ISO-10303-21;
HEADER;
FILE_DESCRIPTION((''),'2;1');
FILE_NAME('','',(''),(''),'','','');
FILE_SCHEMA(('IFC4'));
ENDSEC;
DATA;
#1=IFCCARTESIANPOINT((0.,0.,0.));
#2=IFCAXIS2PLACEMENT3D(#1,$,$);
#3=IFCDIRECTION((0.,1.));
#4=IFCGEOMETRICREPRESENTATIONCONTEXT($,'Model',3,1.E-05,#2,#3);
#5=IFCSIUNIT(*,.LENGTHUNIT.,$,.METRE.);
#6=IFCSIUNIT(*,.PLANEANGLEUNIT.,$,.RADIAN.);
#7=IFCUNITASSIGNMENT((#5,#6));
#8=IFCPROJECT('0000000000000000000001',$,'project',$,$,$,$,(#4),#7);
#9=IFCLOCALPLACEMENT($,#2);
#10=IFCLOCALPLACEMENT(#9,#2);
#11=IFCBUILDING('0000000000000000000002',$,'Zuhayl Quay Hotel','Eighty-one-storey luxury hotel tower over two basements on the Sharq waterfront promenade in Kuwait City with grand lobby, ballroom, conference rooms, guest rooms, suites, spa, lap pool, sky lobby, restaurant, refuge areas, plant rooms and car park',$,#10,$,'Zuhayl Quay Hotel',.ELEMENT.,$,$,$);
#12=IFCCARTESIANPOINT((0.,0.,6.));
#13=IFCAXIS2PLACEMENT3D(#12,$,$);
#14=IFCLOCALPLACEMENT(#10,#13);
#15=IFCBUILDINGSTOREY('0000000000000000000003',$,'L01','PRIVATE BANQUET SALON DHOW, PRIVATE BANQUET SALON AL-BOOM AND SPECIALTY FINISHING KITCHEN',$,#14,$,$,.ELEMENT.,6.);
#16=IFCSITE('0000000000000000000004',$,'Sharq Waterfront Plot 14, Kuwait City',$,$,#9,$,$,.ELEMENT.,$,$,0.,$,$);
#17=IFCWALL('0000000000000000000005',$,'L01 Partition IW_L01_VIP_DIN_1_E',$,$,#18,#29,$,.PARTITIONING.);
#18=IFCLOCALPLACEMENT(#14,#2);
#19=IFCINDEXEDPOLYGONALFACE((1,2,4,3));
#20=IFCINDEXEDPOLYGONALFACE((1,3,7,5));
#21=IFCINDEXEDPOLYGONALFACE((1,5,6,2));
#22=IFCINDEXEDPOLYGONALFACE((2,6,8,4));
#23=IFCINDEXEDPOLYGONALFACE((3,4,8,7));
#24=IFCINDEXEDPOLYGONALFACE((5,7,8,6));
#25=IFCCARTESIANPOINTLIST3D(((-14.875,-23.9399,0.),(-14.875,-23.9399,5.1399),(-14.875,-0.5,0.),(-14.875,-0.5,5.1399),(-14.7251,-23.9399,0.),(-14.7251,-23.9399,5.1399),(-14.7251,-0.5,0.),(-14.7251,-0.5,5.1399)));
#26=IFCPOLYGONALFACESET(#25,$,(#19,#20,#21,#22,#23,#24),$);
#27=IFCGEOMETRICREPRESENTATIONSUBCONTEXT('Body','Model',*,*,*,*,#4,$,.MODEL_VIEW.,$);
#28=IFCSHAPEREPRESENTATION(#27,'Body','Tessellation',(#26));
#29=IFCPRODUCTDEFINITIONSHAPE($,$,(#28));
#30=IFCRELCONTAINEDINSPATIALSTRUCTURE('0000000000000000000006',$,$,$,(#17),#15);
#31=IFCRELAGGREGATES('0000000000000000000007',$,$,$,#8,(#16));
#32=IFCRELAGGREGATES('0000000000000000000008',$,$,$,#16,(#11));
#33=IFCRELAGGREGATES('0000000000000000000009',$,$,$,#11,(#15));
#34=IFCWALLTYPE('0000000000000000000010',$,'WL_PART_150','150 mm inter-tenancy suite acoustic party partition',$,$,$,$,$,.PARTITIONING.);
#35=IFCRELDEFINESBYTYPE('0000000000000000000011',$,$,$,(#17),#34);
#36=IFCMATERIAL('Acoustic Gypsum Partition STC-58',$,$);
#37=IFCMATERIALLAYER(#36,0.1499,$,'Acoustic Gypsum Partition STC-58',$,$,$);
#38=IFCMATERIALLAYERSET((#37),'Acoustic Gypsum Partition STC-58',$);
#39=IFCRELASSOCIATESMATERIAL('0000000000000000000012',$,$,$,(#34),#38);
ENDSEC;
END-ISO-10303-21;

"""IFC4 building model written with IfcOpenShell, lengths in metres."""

from ifc_helpers import new_model, si_unit, direction, frame, frame_2d, origin, place, context, subcontext, project, spatial, rectangle, extrude, material, layer, layer_set, type_object, element, save


model = new_model("IFC4")

# Units and contexts
model_context = context("Model", 3, precision=1e-05, world=origin(), true_north=direction((0.0, 1.0)))
body_context = subcontext(model_context, "Body", "Model", "MODEL_VIEW")
ifc_project = project(units=[si_unit("LENGTHUNIT", "METRE"), si_unit("PLANEANGLEUNIT", "RADIAN")], contexts=[model_context])

# Site, building, storey
site_placement = place(None, origin())
site = spatial("IfcSite", under=ifc_project, at=site_placement, Name="Sharq Waterfront Plot 14, Kuwait City", CompositionType="ELEMENT", RefElevation=0.0)
building_placement = place(site_placement, origin())
building = spatial("IfcBuilding", under=site, at=building_placement, Name="Zuhayl Quay Hotel", Description="Eighty-one-storey luxury hotel tower over two basements on the Sharq waterfront promenade in Kuwait City with grand lobby, ballroom, conference rooms, guest rooms, suites, spa, lap pool, sky lobby, restaurant, refuge areas, plant rooms and car park", LongName="Zuhayl Quay Hotel", CompositionType="ELEMENT")
storey_placement = place(building_placement, frame((0.0, 0.0, 6.0)))
storey = spatial("IfcBuildingStorey", under=building, at=storey_placement, Name="L01", Description="PRIVATE BANQUET SALON DHOW, PRIVATE BANQUET SALON AL-BOOM AND SPECIALTY FINISHING KITCHEN", CompositionType="ELEMENT", Elevation=6.0)

# Wall
ifc_material_1 = material(Name="Acoustic Gypsum Partition STC-58")
ifc_layer_1 = layer(ifc_material_1, 0.1499, Name="Acoustic Gypsum Partition STC-58")
ifc_layer_set_1 = layer_set([ifc_layer_1], Name="Acoustic Gypsum Partition STC-58")
wall_type_1 = type_object("IfcWallType", Name="WL_PART_150", Description="150 mm inter-tenancy suite acoustic party partition", PredefinedType="PARTITIONING", material=ifc_layer_set_1)
wall_1_placement = place(storey_placement, frame((-14.8, -23.9399, 0.0), z_axis=(0.0, 0.0, 1.0), x_axis=(0.0, 1.0, 0.0)))
element("IfcWall", 1, at=wall_1_placement, inside=storey, type_object=wall_type_1, Name="L01 Partition IW_L01_VIP_DIN_1_E", PredefinedType="PARTITIONING", context=body_context, shape_type="SweptSolid", body=[
    extrude(rectangle(XDim=23.4399, YDim=0.1499, at=frame_2d((11.72, 0.0))), origin(), (0.0, 0.0, 1.0), 5.1399),
])

save(model, "model.ifc")
